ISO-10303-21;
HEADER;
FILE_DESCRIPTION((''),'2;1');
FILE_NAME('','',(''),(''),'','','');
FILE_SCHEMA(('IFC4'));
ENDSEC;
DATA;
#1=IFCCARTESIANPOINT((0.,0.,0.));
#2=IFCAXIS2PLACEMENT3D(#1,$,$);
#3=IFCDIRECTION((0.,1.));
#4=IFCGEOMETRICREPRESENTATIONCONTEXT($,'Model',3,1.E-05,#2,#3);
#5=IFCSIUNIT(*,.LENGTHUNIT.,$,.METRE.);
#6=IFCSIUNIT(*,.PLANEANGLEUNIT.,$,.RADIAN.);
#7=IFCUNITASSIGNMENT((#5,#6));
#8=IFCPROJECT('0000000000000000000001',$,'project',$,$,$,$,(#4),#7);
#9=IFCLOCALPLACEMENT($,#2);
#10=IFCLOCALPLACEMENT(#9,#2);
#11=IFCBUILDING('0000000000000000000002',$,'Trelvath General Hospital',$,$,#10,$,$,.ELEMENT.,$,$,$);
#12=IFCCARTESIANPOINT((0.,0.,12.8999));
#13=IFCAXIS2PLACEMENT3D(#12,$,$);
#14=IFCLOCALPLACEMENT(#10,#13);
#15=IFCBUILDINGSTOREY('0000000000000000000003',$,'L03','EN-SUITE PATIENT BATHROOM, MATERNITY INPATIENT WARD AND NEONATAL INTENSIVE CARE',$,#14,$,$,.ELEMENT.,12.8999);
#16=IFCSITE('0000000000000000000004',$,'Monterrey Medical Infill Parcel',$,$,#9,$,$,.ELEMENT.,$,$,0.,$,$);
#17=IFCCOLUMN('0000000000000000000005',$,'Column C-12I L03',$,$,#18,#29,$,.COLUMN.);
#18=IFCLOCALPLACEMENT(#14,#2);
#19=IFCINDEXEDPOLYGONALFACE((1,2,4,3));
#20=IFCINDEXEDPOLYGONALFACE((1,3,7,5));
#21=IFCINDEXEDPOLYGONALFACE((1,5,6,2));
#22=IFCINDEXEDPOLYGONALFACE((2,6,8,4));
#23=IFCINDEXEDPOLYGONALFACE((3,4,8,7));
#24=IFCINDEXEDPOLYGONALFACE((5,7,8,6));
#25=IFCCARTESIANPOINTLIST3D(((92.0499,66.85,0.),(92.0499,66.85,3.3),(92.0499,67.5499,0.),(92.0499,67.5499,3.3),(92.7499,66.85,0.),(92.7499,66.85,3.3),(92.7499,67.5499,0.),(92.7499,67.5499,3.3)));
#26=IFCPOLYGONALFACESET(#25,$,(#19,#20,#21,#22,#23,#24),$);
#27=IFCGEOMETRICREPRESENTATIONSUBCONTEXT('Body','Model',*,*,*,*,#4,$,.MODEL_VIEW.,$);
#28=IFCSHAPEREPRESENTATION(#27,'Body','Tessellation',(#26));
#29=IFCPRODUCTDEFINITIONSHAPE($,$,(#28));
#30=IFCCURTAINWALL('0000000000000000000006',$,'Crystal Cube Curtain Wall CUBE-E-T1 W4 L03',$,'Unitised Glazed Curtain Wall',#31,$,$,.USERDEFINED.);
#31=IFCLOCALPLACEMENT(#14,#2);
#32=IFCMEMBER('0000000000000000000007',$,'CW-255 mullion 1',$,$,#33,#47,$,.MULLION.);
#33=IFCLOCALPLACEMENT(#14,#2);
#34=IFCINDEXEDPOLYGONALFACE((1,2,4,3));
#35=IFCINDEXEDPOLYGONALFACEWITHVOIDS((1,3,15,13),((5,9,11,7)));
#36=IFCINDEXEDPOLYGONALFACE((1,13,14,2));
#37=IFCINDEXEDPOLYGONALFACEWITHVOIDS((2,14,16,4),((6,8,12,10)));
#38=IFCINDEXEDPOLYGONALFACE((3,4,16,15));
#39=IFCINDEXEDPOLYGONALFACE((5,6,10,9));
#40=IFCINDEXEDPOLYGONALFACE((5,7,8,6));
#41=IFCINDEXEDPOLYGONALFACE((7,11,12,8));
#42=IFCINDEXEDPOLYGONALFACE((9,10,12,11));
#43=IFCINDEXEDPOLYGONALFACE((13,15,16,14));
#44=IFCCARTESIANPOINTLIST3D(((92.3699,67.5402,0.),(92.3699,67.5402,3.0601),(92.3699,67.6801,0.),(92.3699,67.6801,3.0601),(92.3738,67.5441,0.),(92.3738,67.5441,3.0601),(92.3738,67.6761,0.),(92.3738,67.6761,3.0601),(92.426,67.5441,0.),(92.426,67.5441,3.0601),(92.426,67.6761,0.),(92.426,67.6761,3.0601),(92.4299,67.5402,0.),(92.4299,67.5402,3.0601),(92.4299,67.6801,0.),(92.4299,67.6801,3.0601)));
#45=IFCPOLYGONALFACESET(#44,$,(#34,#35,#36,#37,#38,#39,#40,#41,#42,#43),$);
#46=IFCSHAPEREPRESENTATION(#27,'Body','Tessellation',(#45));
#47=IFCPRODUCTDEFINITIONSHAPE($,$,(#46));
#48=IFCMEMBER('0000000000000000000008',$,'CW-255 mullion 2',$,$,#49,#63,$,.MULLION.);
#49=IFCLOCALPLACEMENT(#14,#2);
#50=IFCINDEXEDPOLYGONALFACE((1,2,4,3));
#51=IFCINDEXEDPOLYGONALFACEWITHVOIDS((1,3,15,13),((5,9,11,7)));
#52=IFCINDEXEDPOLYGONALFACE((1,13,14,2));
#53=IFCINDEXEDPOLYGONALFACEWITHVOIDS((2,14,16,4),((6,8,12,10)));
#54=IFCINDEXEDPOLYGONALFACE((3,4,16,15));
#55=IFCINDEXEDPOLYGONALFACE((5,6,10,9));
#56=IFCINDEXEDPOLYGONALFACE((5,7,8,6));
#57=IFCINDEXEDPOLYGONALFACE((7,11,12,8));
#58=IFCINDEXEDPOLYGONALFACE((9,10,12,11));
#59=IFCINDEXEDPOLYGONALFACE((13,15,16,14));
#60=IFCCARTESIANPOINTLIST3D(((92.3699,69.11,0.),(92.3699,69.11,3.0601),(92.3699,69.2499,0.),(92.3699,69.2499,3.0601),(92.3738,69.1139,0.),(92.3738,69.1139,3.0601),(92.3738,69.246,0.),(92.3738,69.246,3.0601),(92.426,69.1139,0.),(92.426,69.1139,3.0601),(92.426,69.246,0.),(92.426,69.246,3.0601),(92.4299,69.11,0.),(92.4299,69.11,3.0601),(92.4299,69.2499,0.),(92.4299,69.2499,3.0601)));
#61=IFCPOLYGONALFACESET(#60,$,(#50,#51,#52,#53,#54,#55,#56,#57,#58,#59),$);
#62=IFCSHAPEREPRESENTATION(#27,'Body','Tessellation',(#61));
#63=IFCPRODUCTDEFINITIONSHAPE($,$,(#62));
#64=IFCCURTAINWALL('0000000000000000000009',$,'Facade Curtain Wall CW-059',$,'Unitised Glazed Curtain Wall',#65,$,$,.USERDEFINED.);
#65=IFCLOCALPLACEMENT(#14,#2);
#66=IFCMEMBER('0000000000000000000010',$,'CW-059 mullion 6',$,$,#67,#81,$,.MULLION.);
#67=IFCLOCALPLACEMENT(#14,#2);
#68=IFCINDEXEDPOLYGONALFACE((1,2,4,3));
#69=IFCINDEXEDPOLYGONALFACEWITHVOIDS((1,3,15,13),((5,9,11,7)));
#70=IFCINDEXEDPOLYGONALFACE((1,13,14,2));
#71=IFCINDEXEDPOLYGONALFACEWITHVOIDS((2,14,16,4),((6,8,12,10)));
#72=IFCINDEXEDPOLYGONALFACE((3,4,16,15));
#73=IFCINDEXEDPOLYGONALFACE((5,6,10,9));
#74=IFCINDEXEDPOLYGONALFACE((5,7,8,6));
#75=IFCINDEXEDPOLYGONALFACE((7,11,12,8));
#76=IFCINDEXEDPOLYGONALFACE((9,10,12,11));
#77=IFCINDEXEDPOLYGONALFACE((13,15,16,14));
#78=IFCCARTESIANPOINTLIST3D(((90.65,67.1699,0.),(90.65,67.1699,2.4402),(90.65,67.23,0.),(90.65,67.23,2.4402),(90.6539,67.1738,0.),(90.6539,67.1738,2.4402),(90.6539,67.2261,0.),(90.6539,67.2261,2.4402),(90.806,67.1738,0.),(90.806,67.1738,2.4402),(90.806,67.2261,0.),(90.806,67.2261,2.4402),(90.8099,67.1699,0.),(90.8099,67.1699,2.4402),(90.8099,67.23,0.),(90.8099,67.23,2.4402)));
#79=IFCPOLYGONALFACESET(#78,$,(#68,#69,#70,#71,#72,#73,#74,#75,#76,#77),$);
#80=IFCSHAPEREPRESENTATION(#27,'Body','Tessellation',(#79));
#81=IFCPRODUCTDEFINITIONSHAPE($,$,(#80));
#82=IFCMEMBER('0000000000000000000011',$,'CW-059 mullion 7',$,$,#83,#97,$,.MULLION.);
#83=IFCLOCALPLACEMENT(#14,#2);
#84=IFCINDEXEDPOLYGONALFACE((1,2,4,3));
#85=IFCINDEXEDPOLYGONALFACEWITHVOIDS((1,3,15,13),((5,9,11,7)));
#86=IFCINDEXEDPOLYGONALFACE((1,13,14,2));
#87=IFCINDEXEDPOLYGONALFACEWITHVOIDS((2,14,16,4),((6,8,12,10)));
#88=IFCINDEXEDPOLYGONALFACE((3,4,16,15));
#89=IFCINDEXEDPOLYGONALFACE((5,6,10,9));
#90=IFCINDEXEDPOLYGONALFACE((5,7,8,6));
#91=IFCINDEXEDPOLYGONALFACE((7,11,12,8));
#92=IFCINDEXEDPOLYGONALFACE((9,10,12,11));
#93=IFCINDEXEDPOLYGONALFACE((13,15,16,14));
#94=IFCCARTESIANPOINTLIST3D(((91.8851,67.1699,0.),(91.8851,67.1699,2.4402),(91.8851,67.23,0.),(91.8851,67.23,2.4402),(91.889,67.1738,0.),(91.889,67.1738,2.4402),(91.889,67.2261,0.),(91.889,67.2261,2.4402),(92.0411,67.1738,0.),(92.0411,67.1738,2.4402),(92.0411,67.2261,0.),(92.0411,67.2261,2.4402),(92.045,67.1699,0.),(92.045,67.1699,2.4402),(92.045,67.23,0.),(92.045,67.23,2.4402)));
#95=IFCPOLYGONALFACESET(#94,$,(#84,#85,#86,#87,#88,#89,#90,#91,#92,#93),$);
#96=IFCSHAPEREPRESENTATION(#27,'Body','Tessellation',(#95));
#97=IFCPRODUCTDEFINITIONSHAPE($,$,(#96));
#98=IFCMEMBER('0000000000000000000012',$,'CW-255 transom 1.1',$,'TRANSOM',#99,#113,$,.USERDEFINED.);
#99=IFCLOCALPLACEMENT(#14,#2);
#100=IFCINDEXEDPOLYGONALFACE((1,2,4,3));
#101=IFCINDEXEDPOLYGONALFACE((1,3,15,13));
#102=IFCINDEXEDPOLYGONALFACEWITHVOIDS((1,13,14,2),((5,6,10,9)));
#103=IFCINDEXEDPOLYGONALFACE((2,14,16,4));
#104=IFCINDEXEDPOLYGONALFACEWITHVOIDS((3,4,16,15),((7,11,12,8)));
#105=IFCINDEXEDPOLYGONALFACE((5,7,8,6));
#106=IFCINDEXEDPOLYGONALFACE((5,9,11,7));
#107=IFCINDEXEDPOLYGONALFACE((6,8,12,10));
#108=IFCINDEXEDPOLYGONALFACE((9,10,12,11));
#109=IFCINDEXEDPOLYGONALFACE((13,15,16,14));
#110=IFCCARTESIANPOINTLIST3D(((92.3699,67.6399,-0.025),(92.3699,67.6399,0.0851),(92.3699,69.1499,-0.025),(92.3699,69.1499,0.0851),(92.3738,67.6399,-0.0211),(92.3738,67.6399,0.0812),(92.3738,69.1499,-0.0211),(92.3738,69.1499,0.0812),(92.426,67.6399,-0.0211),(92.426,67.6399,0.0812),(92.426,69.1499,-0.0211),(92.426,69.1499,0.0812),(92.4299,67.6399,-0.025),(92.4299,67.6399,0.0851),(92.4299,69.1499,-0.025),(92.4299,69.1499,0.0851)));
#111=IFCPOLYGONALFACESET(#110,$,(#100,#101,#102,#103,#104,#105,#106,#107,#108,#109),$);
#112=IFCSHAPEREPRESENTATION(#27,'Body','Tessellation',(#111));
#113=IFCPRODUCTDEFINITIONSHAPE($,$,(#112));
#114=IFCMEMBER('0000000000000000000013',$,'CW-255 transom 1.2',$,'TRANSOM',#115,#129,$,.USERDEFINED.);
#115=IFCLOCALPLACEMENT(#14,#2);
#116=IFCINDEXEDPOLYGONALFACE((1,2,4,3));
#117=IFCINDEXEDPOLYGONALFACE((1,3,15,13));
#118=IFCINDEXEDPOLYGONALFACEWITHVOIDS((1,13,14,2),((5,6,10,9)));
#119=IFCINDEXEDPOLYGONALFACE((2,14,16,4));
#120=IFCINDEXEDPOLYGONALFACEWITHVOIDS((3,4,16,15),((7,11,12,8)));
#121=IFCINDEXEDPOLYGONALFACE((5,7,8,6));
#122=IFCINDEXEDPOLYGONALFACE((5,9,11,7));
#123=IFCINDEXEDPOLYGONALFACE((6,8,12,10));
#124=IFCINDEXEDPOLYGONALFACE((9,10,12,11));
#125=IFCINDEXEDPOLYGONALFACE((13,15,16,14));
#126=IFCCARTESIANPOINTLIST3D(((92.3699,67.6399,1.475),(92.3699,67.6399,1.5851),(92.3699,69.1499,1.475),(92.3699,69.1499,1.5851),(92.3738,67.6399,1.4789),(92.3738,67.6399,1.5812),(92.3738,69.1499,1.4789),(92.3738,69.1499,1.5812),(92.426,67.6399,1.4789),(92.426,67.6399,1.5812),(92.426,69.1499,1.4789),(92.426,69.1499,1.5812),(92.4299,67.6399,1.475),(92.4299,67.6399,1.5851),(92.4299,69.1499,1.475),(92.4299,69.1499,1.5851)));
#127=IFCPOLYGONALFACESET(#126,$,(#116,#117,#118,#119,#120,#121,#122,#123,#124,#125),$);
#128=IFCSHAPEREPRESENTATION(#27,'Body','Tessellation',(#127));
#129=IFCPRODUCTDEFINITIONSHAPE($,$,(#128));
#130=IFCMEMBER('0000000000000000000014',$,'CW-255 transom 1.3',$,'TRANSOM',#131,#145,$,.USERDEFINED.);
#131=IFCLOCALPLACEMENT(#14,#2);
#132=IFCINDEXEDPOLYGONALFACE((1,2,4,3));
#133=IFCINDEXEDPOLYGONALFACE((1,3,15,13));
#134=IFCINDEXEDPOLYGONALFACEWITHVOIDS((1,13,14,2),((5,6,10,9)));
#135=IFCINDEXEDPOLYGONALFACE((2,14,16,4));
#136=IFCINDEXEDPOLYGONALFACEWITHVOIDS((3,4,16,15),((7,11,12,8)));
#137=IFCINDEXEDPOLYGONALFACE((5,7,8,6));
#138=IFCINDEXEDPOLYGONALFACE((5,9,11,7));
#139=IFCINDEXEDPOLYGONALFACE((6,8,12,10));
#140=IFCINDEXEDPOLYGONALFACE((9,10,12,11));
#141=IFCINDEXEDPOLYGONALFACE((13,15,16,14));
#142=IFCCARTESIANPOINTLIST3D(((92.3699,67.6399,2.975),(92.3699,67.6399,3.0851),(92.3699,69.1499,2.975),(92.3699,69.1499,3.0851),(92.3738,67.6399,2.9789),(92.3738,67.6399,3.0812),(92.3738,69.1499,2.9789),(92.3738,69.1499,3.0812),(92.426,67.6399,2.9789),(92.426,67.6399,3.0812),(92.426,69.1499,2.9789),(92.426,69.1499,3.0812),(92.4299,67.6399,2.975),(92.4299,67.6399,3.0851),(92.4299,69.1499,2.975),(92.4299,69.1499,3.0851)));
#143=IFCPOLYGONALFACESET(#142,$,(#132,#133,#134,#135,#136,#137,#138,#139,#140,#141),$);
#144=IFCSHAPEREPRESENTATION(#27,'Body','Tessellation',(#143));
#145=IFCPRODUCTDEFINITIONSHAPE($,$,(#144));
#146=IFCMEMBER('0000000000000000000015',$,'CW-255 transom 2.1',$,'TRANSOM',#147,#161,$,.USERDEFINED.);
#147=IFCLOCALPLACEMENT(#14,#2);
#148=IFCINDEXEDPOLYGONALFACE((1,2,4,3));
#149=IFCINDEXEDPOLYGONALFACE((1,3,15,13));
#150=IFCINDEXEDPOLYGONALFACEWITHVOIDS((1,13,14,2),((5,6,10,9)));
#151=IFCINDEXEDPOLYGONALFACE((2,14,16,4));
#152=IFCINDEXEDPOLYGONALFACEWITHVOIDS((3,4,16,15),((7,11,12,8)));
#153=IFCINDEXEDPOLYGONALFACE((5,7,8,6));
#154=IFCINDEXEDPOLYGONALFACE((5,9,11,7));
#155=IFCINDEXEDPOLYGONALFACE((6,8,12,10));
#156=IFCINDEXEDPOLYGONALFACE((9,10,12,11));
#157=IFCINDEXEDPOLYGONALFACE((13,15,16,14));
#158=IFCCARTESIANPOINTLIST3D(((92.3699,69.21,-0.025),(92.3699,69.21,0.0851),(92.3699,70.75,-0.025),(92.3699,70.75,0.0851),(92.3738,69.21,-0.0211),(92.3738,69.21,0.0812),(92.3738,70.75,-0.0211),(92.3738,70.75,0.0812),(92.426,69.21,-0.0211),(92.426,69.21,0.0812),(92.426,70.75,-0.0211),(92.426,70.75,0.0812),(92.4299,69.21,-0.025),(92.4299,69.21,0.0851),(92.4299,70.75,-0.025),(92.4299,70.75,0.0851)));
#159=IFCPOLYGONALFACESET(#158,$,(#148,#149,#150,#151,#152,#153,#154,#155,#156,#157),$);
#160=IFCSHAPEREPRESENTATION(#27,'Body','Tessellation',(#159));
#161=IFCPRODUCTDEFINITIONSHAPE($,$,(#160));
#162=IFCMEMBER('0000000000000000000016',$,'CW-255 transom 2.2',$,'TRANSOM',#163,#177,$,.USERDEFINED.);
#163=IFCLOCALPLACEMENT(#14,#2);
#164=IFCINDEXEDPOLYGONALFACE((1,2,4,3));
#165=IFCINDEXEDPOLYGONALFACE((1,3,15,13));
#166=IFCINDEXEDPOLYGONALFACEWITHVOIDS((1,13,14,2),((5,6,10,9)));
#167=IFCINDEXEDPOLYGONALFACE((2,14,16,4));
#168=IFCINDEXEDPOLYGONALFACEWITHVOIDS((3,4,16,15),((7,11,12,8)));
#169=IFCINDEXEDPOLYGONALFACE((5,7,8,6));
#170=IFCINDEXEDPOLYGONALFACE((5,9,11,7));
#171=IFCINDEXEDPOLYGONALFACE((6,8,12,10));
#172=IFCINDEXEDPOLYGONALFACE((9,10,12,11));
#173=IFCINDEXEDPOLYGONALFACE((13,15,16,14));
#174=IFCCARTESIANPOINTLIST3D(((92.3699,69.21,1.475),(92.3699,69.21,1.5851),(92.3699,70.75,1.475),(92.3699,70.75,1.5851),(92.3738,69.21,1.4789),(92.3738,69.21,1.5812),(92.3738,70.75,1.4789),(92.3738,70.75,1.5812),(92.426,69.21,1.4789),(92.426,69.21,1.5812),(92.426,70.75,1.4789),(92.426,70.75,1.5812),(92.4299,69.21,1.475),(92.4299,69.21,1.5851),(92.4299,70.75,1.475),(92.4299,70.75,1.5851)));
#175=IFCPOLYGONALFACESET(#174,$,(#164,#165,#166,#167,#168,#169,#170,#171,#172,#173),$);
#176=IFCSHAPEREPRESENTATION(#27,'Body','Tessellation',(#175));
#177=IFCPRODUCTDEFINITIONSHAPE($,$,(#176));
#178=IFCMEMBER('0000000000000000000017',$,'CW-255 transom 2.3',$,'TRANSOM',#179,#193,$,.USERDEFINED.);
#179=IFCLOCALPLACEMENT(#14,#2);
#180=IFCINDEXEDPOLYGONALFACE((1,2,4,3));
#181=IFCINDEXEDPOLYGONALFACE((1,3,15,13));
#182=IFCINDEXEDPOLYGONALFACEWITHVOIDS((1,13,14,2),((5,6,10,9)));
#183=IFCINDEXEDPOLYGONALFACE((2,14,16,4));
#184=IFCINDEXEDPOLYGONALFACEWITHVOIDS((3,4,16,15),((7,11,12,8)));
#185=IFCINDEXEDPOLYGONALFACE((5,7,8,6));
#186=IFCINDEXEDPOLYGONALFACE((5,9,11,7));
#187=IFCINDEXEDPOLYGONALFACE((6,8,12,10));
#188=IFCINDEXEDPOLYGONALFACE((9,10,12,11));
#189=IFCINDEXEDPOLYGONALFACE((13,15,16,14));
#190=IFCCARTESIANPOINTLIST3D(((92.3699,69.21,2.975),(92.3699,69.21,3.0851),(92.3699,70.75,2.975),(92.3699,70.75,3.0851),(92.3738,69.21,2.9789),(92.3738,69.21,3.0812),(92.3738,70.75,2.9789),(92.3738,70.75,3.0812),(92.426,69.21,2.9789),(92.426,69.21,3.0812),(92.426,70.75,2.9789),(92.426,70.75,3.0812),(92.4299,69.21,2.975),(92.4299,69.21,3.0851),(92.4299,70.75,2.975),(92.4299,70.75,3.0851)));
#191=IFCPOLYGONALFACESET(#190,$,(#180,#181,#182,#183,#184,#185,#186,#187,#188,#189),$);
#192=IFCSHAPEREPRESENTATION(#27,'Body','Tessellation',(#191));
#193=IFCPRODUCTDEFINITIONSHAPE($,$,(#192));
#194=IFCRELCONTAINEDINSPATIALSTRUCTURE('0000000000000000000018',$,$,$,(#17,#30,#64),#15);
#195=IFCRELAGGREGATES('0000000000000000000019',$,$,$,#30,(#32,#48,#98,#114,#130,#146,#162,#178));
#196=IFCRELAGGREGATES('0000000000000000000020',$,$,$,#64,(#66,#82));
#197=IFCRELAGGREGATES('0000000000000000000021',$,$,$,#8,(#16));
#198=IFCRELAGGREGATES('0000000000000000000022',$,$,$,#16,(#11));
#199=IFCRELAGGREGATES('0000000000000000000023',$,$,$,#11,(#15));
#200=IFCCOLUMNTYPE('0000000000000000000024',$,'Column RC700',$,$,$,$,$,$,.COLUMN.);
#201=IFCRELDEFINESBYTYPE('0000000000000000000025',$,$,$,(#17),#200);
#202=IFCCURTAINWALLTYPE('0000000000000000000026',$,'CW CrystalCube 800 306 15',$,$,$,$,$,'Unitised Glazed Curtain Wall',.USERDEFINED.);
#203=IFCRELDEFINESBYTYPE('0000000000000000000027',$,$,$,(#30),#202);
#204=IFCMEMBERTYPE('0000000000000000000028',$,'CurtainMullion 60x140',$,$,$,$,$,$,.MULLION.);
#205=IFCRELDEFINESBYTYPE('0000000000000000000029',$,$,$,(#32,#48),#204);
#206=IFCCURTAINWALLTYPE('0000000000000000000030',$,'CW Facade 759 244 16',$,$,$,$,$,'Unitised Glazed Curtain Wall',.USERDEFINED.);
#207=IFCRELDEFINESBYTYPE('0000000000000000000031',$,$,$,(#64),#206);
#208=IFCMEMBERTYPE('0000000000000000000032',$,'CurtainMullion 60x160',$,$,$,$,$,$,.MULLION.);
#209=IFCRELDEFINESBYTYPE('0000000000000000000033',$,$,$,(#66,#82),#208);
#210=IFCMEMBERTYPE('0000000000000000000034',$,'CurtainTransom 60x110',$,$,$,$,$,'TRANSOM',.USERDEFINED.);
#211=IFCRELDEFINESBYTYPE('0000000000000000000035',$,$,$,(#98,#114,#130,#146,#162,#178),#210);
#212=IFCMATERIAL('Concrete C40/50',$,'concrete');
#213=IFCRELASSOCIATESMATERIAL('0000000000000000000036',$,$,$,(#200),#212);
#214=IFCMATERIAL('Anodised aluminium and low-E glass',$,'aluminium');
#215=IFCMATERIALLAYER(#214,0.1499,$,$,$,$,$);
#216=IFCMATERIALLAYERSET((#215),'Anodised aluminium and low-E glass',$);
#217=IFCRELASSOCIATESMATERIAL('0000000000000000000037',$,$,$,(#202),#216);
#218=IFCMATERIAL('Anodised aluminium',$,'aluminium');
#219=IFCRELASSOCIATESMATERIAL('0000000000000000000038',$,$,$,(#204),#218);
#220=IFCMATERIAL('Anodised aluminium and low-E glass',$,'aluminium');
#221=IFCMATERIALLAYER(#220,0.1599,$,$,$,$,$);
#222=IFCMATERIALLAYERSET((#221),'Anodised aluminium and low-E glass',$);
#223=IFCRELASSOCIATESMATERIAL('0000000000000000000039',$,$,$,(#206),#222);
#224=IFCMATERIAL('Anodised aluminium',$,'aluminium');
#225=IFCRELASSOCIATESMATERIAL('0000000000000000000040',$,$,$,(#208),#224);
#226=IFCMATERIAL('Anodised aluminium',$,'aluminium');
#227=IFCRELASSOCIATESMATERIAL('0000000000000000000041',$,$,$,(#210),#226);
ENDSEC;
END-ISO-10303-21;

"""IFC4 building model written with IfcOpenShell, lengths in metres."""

from ifc_helpers import new_model, si_unit, direction, frame, origin, origin_2d, place, context, subcontext, project, spatial, rectangle, hollow_rectangle, extrude, material, layer, layer_set, material_profile, profile_set, type_object, element, aggregate, save


model = new_model("IFC4")

# Units and contexts
model_context = context("Model", 3, precision=1e-05, world=origin(), true_north=direction((0.0, 1.0)))
body_context = subcontext(model_context, "Body", "Model", "MODEL_VIEW")
ifc_project = project(units=[si_unit("LENGTHUNIT", "METRE"), si_unit("PLANEANGLEUNIT", "RADIAN")], contexts=[model_context])

# Site, building, storey
site_placement = place(None, origin())
site = spatial("IfcSite", under=ifc_project, at=site_placement, Name="Monterrey Medical Infill Parcel", CompositionType="ELEMENT", RefElevation=0.0)
building_placement = place(site_placement, origin())
building = spatial("IfcBuilding", under=site, at=building_placement, Name="Trelvath General Hospital", CompositionType="ELEMENT")
storey_placement = place(building_placement, frame((0.0, 0.0, 12.8999)))
storey = spatial("IfcBuildingStorey", under=building, at=storey_placement, Name="L03", Description="EN-SUITE PATIENT BATHROOM, MATERNITY INPATIENT WARD AND NEONATAL INTENSIVE CARE", CompositionType="ELEMENT", Elevation=12.8999)

# Column
ifc_material_1 = material(Name="Concrete C40/50", Category="concrete")
ifc_material_profile_1 = material_profile(ifc_material_1, rectangle(XDim=0.7, YDim=0.7, at=origin_2d()), Name="RC700x700")
ifc_profile_set_1 = profile_set([ifc_material_profile_1], Name="Concrete C40/50")
column_type = type_object("IfcColumnType", Name="Column RC700", PredefinedType="COLUMN", material=ifc_profile_set_1)
column_placement = place(storey_placement, frame((92.3999, 67.2, 0.0), z_axis=(0.0, 0.0, 1.0), x_axis=(1.0, 0.0, 0.0)))
element("IfcColumn", 1, at=column_placement, inside=storey, type_object=column_type, Name="Column C-12I L03", PredefinedType="COLUMN", context=body_context, shape_type="SweptSolid", body=[
    extrude(rectangle(XDim=0.7, YDim=0.7, at=origin_2d()), origin(), (0.0, 0.0, 1.0), 3.3),
])

# Curtain walls, members
ifc_material_2 = material(Name="Anodised aluminium and low-E glass", Category="aluminium")
ifc_layer_1 = layer(ifc_material_2, 0.1499)
ifc_layer_set_1 = layer_set([ifc_layer_1], Name="Anodised aluminium and low-E glass")
curtain_wall_type_1 = type_object("IfcCurtainWallType", Name="CW CrystalCube 800 306 15", ElementType="Unitised Glazed Curtain Wall", PredefinedType="USERDEFINED", material=ifc_layer_set_1)
curtain_wall_1_placement = place(storey_placement, origin())
curtain_wall_1 = element("IfcCurtainWall", 2, at=curtain_wall_1_placement, inside=storey, type_object=curtain_wall_type_1, Name="Crystal Cube Curtain Wall CUBE-E-T1 W4 L03", ObjectType="Unitised Glazed Curtain Wall", PredefinedType="USERDEFINED")
ifc_material_3 = material(Name="Anodised aluminium", Category="aluminium")
ifc_material_profile_2 = material_profile(ifc_material_3, hollow_rectangle(XDim=0.0601, YDim=0.1399, WallThickness=0.0039, at=origin_2d()), Name="RHS60x140x4")
ifc_profile_set_2 = profile_set([ifc_material_profile_2], Name="Anodised aluminium")
member_type_1 = type_object("IfcMemberType", Name="CurtainMullion 60x140", PredefinedType="MULLION", material=ifc_profile_set_2)
member_1_placement = place(storey_placement, frame((92.3999, 67.6101, 0.0), z_axis=(0.0, 0.0, 1.0), x_axis=(-1.0, 0.0, 0.0)))
member_1 = element("IfcMember", 3, at=member_1_placement, type_object=member_type_1, Name="CW-255 mullion 1", PredefinedType="MULLION", context=body_context, shape_type="SweptSolid", body=[
    extrude(hollow_rectangle(XDim=0.0601, YDim=0.1399, WallThickness=0.0039, at=origin_2d()), origin(), (0.0, 0.0, 1.0), 3.0601),
])
member_2_placement = place(storey_placement, frame((92.3999, 69.1799, 0.0), z_axis=(0.0, 0.0, 1.0), x_axis=(-1.0, 0.0, 0.0)))
member_2 = element("IfcMember", 4, at=member_2_placement, type_object=member_type_1, Name="CW-255 mullion 2", PredefinedType="MULLION", context=body_context, shape_type="SweptSolid", body=[
    extrude(hollow_rectangle(XDim=0.0601, YDim=0.1399, WallThickness=0.0039, at=origin_2d()), origin(), (0.0, 0.0, 1.0), 3.0601),
])
ifc_material_4 = material(Name="Anodised aluminium and low-E glass", Category="aluminium")
ifc_layer_2 = layer(ifc_material_4, 0.1599)
ifc_layer_set_2 = layer_set([ifc_layer_2], Name="Anodised aluminium and low-E glass")
curtain_wall_type_2 = type_object("IfcCurtainWallType", Name="CW Facade 759 244 16", ElementType="Unitised Glazed Curtain Wall", PredefinedType="USERDEFINED", material=ifc_layer_set_2)
curtain_wall_2_placement = place(storey_placement, origin())
curtain_wall_2 = element("IfcCurtainWall", 5, at=curtain_wall_2_placement, inside=storey, type_object=curtain_wall_type_2, Name="Facade Curtain Wall CW-059", ObjectType="Unitised Glazed Curtain Wall", PredefinedType="USERDEFINED")
ifc_material_5 = material(Name="Anodised aluminium", Category="aluminium")
ifc_material_profile_3 = material_profile(ifc_material_5, hollow_rectangle(XDim=0.0601, YDim=0.1599, WallThickness=0.0039, at=origin_2d()), Name="RHS60x160x4")
ifc_profile_set_3 = profile_set([ifc_material_profile_3], Name="Anodised aluminium")
member_type_2 = type_object("IfcMemberType", Name="CurtainMullion 60x160", PredefinedType="MULLION", material=ifc_profile_set_3)
member_3_placement = place(storey_placement, frame((90.73, 67.2, 0.0), z_axis=(0.0, 0.0, 1.0), x_axis=(0.0, 1.0, 0.0)))
member_3 = element("IfcMember", 6, at=member_3_placement, type_object=member_type_2, Name="CW-059 mullion 6", PredefinedType="MULLION", context=body_context, shape_type="SweptSolid", body=[
    extrude(hollow_rectangle(XDim=0.0601, YDim=0.1599, WallThickness=0.0039, at=origin_2d()), origin(), (0.0, 0.0, 1.0), 2.4402),
])
member_4_placement = place(storey_placement, frame((91.9651, 67.2, 0.0), z_axis=(0.0, 0.0, 1.0), x_axis=(0.0, 1.0, 0.0)))
member_4 = element("IfcMember", 7, at=member_4_placement, type_object=member_type_2, Name="CW-059 mullion 7", PredefinedType="MULLION", context=body_context, shape_type="SweptSolid", body=[
    extrude(hollow_rectangle(XDim=0.0601, YDim=0.1599, WallThickness=0.0039, at=origin_2d()), origin(), (0.0, 0.0, 1.0), 2.4402),
])

# Members
ifc_material_6 = material(Name="Anodised aluminium", Category="aluminium")
ifc_material_profile_4 = material_profile(ifc_material_6, hollow_rectangle(XDim=0.0601, YDim=0.1101, WallThickness=0.0039, at=origin_2d()), Name="RHS60x110x4")
ifc_profile_set_4 = profile_set([ifc_material_profile_4], Name="Anodised aluminium")
member_type_3 = type_object("IfcMemberType", Name="CurtainTransom 60x110", ElementType="TRANSOM", PredefinedType="USERDEFINED", material=ifc_profile_set_4)
member_5_placement = place(storey_placement, frame((92.3999, 67.6399, 0.03), z_axis=(0.0, 1.0, 0.0), x_axis=(-1.0, 0.0, 0.0)))
member_5 = element("IfcMember", 8, at=member_5_placement, type_object=member_type_3, Name="CW-255 transom 1.1", ObjectType="TRANSOM", PredefinedType="USERDEFINED", context=body_context, shape_type="SweptSolid", body=[
    extrude(hollow_rectangle(XDim=0.0601, YDim=0.1101, WallThickness=0.0039, at=origin_2d()), origin(), (0.0, 0.0, 1.0), 1.51),
])
member_6_placement = place(storey_placement, frame((92.3999, 67.6399, 1.53), z_axis=(0.0, 1.0, 0.0), x_axis=(-1.0, 0.0, 0.0)))
member_6 = element("IfcMember", 9, at=member_6_placement, type_object=member_type_3, Name="CW-255 transom 1.2", ObjectType="TRANSOM", PredefinedType="USERDEFINED", context=body_context, shape_type="SweptSolid", body=[
    extrude(hollow_rectangle(XDim=0.0601, YDim=0.1101, WallThickness=0.0039, at=origin_2d()), origin(), (0.0, 0.0, 1.0), 1.51),
])
member_7_placement = place(storey_placement, frame((92.3999, 67.6399, 3.03), z_axis=(0.0, 1.0, 0.0), x_axis=(-1.0, 0.0, 0.0)))
member_7 = element("IfcMember", 10, at=member_7_placement, type_object=member_type_3, Name="CW-255 transom 1.3", ObjectType="TRANSOM", PredefinedType="USERDEFINED", context=body_context, shape_type="SweptSolid", body=[
    extrude(hollow_rectangle(XDim=0.0601, YDim=0.1101, WallThickness=0.0039, at=origin_2d()), origin(), (0.0, 0.0, 1.0), 1.51),
])
member_8_placement = place(storey_placement, frame((92.3999, 69.21, 0.03), z_axis=(0.0, 1.0, 0.0), x_axis=(-1.0, 0.0, 0.0)))
member_8 = element("IfcMember", 11, at=member_8_placement, type_object=member_type_3, Name="CW-255 transom 2.1", ObjectType="TRANSOM", PredefinedType="USERDEFINED", context=body_context, shape_type="SweptSolid", body=[
    extrude(hollow_rectangle(XDim=0.0601, YDim=0.1101, WallThickness=0.0039, at=origin_2d()), origin(), (0.0, 0.0, 1.0), 1.54),
])
member_9_placement = place(storey_placement, frame((92.3999, 69.21, 1.53), z_axis=(0.0, 1.0, 0.0), x_axis=(-1.0, 0.0, 0.0)))
member_9 = element("IfcMember", 12, at=member_9_placement, type_object=member_type_3, Name="CW-255 transom 2.2", ObjectType="TRANSOM", PredefinedType="USERDEFINED", context=body_context, shape_type="SweptSolid", body=[
    extrude(hollow_rectangle(XDim=0.0601, YDim=0.1101, WallThickness=0.0039, at=origin_2d()), origin(), (0.0, 0.0, 1.0), 1.54),
])
member_10_placement = place(storey_placement, frame((92.3999, 69.21, 3.03), z_axis=(0.0, 1.0, 0.0), x_axis=(-1.0, 0.0, 0.0)))
member_10 = element("IfcMember", 13, at=member_10_placement, type_object=member_type_3, Name="CW-255 transom 2.3", ObjectType="TRANSOM", PredefinedType="USERDEFINED", context=body_context, shape_type="SweptSolid", body=[
    extrude(hollow_rectangle(XDim=0.0601, YDim=0.1101, WallThickness=0.0039, at=origin_2d()), origin(), (0.0, 0.0, 1.0), 1.54),
])

aggregate(curtain_wall_1, [member_1, member_2, member_5, member_6, member_7, member_8, member_9, member_10])
aggregate(curtain_wall_2, [member_3, member_4])

save(model, "model.ifc")
